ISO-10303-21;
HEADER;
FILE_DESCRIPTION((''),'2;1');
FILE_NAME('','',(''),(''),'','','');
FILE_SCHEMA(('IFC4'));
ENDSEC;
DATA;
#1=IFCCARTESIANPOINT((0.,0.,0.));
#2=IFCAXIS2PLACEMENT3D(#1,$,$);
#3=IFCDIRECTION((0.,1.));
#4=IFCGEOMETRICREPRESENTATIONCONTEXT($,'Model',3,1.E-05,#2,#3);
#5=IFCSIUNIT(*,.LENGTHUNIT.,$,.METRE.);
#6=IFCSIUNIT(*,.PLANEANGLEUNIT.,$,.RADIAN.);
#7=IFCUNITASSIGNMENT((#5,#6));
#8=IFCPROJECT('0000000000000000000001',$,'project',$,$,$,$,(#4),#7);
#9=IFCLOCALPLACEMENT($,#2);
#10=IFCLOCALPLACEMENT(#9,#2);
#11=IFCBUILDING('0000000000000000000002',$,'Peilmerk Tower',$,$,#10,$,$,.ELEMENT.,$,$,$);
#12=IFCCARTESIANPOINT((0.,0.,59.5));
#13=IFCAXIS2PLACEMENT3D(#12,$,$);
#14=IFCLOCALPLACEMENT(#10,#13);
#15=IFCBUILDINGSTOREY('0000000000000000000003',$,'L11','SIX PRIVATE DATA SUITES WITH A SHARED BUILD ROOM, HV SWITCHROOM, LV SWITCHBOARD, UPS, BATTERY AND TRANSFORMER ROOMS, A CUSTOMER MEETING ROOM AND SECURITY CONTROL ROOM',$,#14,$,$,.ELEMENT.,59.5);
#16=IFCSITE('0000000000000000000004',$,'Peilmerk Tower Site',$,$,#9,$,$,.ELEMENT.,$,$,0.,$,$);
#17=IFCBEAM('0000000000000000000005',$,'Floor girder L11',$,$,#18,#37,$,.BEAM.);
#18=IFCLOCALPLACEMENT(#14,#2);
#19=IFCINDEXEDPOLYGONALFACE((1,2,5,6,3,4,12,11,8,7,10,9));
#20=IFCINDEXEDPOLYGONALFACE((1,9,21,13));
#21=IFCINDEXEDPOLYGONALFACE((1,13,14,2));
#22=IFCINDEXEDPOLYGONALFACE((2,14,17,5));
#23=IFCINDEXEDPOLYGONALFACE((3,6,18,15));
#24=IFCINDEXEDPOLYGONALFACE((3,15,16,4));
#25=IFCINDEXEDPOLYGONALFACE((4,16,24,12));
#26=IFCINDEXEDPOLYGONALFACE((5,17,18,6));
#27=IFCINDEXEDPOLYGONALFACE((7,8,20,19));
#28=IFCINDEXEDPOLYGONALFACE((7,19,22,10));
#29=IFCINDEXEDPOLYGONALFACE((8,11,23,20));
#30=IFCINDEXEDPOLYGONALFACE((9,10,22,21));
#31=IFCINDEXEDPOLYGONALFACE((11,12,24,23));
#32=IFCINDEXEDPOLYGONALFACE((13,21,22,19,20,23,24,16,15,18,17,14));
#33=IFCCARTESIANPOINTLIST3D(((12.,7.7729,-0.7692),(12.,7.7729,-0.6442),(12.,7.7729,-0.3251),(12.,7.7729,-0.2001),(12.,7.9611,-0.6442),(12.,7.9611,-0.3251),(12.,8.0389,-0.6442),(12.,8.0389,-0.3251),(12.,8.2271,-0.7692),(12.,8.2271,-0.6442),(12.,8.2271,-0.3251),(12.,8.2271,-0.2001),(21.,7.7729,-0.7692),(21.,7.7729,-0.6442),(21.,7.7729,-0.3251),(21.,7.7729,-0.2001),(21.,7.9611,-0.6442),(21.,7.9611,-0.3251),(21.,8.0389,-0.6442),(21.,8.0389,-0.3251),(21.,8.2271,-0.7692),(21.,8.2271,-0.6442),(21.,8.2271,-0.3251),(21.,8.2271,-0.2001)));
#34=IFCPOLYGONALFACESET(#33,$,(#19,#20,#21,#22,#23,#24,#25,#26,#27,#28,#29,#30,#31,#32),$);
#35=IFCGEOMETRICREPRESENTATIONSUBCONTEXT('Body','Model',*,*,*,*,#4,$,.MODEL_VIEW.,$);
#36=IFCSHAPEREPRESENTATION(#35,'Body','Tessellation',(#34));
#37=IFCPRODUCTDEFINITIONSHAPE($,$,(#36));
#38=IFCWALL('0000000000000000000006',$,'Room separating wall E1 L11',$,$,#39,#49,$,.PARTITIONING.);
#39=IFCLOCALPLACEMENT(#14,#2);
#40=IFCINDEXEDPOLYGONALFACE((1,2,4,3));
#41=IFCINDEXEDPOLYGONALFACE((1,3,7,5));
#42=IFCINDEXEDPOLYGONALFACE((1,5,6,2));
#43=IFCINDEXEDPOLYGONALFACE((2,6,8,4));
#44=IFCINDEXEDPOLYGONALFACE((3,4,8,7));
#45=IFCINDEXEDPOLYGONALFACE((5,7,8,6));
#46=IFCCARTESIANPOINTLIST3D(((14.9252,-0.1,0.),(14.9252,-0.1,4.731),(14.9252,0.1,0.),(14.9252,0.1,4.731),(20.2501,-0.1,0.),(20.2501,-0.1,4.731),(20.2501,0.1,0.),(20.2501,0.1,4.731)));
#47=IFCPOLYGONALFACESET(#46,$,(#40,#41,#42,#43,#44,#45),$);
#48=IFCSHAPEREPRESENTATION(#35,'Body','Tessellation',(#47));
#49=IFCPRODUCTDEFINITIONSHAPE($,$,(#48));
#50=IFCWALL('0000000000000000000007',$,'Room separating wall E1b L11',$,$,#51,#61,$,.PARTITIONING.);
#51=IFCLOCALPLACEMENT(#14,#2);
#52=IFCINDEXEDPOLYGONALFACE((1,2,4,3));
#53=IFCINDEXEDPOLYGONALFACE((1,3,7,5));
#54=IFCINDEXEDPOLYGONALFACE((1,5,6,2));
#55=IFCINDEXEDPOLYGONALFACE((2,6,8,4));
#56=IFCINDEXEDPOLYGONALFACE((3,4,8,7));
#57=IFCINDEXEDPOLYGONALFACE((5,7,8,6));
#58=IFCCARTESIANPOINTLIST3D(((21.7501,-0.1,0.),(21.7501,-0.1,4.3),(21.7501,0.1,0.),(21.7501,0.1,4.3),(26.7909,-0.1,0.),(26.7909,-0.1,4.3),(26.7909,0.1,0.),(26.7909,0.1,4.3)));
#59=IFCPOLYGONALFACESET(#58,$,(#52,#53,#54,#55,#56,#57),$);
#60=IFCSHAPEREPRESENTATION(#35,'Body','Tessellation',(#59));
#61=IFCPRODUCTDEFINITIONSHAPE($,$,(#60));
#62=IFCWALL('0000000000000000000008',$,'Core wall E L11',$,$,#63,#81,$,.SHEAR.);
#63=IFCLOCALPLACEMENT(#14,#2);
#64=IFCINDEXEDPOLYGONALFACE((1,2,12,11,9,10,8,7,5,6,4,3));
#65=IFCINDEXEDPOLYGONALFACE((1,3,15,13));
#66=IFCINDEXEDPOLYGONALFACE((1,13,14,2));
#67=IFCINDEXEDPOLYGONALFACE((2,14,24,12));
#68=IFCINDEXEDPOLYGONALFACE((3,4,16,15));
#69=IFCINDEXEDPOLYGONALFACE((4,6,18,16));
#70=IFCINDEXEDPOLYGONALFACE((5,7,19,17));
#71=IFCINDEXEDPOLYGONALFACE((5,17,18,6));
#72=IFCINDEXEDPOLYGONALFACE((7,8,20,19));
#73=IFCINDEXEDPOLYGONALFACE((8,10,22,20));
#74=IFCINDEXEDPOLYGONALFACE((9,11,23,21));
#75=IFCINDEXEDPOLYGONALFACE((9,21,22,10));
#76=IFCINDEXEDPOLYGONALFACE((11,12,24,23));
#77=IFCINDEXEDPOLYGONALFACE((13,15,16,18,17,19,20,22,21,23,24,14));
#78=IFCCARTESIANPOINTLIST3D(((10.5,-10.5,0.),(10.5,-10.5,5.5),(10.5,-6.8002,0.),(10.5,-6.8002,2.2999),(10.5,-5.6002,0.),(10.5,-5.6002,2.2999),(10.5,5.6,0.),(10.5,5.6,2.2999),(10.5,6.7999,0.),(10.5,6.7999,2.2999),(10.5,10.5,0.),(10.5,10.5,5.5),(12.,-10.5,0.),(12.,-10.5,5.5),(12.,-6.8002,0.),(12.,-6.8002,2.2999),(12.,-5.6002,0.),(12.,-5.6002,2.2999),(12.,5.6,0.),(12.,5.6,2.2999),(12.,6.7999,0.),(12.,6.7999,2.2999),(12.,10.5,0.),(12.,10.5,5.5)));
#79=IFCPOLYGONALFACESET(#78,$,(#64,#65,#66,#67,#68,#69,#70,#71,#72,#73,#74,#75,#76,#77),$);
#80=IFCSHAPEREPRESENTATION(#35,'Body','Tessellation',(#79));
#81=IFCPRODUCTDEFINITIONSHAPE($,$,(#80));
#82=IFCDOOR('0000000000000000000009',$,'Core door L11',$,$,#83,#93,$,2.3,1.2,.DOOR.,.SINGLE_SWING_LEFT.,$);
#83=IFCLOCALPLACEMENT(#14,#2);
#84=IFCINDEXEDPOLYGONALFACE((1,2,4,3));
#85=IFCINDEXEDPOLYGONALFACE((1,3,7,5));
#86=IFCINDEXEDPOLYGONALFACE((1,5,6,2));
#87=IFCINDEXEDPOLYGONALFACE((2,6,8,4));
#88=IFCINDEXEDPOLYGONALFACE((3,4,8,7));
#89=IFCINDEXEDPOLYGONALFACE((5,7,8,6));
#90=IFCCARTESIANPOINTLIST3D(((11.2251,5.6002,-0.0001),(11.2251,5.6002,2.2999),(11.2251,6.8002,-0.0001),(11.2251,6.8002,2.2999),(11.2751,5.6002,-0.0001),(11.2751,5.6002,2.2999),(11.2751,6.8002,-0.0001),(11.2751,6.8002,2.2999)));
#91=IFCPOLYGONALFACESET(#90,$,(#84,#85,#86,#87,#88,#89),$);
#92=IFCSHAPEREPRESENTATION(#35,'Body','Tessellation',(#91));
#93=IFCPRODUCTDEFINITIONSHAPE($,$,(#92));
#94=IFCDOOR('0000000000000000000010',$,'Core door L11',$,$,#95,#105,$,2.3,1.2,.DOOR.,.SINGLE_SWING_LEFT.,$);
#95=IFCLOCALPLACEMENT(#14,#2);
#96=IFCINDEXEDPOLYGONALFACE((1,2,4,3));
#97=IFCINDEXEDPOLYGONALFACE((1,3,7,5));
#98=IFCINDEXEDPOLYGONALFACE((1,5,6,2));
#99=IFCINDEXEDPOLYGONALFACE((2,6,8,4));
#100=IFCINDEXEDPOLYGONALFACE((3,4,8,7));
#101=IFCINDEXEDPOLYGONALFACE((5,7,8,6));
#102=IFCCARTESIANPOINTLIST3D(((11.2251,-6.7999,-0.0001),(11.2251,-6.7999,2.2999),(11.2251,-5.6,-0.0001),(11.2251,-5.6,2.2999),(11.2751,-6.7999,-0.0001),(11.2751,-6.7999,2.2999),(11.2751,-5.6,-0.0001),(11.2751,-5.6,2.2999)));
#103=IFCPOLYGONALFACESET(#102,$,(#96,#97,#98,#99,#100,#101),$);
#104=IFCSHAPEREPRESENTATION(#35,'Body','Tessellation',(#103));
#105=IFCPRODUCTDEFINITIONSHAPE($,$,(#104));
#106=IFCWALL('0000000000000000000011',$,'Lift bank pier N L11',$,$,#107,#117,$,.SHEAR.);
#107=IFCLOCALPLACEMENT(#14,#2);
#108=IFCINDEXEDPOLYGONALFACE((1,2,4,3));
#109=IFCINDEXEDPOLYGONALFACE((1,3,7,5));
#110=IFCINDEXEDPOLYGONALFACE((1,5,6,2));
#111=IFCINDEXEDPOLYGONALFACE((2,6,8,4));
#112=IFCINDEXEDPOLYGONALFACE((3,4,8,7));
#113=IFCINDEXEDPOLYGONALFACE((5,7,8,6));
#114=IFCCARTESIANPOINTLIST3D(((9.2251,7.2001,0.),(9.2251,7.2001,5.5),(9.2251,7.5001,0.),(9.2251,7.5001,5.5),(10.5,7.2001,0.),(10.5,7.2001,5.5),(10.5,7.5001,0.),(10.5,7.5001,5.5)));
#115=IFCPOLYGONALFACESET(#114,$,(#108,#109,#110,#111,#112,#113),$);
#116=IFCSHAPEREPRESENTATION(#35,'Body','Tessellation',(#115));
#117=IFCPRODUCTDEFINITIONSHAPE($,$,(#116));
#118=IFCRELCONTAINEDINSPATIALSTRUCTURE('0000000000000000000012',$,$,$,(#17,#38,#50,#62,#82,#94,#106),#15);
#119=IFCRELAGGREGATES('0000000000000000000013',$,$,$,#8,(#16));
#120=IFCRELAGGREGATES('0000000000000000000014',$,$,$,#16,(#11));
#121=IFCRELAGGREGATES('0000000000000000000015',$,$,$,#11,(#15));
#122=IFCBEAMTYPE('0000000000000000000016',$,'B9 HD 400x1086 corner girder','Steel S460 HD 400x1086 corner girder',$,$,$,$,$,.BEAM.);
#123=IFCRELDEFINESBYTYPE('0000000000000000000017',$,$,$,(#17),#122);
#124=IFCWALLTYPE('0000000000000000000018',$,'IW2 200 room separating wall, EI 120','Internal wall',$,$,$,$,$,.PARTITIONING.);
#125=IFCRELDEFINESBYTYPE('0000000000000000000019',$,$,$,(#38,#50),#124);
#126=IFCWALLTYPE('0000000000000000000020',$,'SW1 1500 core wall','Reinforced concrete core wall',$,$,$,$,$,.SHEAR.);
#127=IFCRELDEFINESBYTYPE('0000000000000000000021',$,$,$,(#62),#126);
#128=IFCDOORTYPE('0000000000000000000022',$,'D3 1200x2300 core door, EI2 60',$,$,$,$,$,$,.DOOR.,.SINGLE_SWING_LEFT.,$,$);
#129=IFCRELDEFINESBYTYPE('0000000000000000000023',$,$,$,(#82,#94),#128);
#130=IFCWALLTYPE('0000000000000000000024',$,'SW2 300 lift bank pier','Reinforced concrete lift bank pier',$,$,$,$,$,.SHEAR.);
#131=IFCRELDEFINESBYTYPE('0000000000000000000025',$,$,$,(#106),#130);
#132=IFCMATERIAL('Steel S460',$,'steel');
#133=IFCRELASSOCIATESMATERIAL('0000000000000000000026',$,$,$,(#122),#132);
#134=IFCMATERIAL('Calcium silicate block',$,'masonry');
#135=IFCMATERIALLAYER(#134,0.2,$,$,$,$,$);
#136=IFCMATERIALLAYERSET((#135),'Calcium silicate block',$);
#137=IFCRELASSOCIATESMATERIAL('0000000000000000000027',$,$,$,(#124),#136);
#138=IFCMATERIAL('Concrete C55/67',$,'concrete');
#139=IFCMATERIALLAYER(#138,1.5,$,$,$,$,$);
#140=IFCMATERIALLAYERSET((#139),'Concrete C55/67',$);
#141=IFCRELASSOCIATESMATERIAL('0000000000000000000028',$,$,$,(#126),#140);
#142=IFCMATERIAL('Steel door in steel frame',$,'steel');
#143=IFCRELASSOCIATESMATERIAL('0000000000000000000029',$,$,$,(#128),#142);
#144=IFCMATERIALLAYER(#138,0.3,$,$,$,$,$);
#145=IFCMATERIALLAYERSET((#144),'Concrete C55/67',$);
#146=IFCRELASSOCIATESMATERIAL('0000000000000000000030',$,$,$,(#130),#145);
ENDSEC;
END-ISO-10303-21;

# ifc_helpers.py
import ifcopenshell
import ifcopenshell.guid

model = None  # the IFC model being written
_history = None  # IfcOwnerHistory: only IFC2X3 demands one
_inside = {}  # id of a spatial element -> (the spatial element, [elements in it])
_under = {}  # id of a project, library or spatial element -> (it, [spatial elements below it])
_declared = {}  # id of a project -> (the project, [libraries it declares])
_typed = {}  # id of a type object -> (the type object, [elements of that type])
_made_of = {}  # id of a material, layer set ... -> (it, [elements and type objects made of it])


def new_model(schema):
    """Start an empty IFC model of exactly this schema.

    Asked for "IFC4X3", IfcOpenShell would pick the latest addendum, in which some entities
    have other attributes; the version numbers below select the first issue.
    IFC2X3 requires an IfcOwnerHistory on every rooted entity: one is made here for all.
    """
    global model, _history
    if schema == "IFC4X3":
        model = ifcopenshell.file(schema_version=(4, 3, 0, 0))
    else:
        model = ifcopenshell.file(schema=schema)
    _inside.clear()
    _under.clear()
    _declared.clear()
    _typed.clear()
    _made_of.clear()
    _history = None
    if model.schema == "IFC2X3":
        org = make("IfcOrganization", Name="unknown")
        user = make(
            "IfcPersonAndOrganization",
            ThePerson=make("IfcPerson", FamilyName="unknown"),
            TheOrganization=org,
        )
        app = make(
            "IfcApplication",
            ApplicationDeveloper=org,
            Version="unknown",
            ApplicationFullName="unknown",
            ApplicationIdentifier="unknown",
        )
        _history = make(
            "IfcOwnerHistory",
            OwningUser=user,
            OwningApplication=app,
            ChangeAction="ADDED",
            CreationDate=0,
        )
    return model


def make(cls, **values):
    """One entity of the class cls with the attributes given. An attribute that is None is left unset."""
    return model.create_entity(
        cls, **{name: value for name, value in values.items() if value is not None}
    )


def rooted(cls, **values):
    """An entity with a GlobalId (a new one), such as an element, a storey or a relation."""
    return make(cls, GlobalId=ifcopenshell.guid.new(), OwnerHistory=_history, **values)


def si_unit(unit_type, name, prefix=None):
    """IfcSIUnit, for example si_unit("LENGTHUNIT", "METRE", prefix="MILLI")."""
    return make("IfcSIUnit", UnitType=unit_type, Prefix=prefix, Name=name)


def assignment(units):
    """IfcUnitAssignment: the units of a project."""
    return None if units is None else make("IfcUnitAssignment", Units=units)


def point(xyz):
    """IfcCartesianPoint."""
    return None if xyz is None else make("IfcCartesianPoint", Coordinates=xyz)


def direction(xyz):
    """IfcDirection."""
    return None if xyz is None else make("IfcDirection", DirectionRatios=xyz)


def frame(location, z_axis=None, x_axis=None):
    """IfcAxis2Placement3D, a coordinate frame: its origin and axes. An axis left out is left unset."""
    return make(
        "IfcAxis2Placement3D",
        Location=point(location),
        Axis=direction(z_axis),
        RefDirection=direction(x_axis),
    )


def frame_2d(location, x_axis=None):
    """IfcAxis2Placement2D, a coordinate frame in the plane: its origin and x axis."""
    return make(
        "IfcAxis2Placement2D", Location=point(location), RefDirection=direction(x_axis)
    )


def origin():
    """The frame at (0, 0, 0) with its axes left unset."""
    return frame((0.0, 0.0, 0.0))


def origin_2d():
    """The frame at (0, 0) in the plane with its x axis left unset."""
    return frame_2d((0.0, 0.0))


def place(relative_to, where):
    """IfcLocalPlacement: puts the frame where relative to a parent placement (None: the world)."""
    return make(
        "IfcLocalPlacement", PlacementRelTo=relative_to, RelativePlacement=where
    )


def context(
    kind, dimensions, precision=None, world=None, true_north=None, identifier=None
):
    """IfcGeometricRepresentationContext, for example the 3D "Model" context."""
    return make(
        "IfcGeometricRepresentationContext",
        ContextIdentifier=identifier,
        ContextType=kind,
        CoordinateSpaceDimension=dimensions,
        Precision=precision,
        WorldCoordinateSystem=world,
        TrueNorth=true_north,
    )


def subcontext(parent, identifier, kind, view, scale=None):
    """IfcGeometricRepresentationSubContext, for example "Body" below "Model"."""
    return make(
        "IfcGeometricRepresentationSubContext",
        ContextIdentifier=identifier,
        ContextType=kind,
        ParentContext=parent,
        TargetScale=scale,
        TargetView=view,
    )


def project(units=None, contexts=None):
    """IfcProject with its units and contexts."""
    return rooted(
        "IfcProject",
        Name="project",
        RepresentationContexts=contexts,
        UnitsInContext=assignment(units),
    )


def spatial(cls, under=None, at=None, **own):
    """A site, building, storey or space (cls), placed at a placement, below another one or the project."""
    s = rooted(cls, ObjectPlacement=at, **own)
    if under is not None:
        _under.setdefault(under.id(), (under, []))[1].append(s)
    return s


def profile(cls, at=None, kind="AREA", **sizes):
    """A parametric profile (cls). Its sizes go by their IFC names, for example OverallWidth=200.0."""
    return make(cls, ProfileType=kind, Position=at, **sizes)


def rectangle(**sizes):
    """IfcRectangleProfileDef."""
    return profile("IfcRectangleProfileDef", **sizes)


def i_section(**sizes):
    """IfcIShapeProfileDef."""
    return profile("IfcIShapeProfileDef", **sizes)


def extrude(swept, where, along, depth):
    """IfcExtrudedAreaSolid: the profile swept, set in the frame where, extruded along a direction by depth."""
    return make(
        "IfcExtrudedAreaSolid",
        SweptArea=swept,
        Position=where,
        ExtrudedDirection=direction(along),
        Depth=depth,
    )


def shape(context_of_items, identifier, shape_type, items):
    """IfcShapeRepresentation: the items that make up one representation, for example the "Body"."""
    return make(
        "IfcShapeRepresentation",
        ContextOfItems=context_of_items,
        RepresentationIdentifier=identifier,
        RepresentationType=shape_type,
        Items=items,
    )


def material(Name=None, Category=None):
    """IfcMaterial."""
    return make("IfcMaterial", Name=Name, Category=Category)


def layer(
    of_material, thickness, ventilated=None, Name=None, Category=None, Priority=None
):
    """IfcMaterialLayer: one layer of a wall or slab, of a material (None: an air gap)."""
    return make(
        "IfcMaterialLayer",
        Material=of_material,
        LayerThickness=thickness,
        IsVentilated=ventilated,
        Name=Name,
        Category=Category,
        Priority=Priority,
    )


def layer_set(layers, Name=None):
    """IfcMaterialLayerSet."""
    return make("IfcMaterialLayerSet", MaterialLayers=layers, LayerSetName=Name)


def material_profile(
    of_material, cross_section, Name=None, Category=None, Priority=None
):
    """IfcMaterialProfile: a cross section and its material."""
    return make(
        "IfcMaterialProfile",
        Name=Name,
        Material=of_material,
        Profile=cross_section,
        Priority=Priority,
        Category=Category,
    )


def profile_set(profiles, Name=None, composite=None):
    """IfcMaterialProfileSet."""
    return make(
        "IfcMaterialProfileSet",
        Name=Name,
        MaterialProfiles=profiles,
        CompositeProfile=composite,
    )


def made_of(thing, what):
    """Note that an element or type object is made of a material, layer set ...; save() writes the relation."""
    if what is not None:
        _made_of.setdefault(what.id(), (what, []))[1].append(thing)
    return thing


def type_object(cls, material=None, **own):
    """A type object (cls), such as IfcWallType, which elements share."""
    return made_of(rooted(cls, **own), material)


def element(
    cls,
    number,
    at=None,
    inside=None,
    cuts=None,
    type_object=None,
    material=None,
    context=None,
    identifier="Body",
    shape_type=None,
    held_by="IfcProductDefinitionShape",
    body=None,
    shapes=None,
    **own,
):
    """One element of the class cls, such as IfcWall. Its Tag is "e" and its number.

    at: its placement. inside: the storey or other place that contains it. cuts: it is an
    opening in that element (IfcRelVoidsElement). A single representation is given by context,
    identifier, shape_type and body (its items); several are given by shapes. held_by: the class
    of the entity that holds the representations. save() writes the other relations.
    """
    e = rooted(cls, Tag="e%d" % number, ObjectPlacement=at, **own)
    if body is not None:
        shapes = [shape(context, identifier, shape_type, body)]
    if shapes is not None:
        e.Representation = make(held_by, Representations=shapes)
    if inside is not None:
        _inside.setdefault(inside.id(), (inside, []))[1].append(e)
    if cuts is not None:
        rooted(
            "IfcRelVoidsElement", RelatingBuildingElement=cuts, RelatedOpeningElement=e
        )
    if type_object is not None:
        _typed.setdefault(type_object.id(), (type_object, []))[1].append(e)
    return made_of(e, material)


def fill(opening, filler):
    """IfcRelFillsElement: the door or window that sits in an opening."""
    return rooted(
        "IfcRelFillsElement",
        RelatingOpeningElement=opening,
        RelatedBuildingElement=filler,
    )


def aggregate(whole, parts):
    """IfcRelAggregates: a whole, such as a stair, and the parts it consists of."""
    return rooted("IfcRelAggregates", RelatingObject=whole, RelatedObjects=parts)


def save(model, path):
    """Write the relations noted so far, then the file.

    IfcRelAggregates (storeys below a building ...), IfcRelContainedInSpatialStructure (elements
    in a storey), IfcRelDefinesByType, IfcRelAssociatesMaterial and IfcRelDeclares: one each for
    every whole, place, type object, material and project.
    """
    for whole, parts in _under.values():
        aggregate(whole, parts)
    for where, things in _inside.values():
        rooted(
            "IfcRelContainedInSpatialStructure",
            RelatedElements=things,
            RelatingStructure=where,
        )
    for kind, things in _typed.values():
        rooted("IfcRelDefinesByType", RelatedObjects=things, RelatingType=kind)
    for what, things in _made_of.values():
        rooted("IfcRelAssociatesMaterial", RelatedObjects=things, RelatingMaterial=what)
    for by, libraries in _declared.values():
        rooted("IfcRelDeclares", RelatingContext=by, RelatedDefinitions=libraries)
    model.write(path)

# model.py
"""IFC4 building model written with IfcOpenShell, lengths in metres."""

from ifc_helpers import new_model, si_unit, direction, frame, frame_2d, origin, origin_2d, place, context, subcontext, project, spatial, rectangle, i_section, extrude, material, layer, layer_set, material_profile, profile_set, type_object, element, fill, save


model = new_model("IFC4")

# Units and contexts
model_context = context("Model", 3, precision=1e-05, world=origin(), true_north=direction((0.0, 1.0)))
body_context = subcontext(model_context, "Body", "Model", "MODEL_VIEW")
ifc_project = project(units=[si_unit("LENGTHUNIT", "METRE"), si_unit("PLANEANGLEUNIT", "RADIAN")], contexts=[model_context])

# Site, building, storey
site_placement = place(None, origin())
site = spatial("IfcSite", under=ifc_project, at=site_placement, Name="Peilmerk Tower Site", CompositionType="ELEMENT", RefElevation=0.0)
building_placement = place(site_placement, origin())
building = spatial("IfcBuilding", under=site, at=building_placement, Name="Peilmerk Tower", CompositionType="ELEMENT")
storey_placement = place(building_placement, frame((0.0, 0.0, 59.5)))
storey = spatial("IfcBuildingStorey", under=building, at=storey_placement, Name="L11", Description="SIX PRIVATE DATA SUITES WITH A SHARED BUILD ROOM, HV SWITCHROOM, LV SWITCHBOARD, UPS, BATTERY AND TRANSFORMER ROOMS, A CUSTOMER MEETING ROOM AND SECURITY CONTROL ROOM", CompositionType="ELEMENT", Elevation=59.5)

# Beam
ifc_material_1 = material(Name="Steel S460", Category="steel")
ifc_material_profile_1 = material_profile(ifc_material_1, i_section(OverallWidth=0.4541, OverallDepth=0.5691, WebThickness=0.0779, FlangeThickness=0.125, at=origin_2d()), Name="HD 400x1086")
ifc_profile_set_1 = profile_set([ifc_material_profile_1], Name="Steel S460")
beam_type_1 = type_object("IfcBeamType", Name="B9 HD 400x1086 corner girder", Description="Steel S460 HD 400x1086 corner girder", PredefinedType="BEAM", material=ifc_profile_set_1)
for number, where, z_axis, x_axis, name in (
    (1, (12.0, 8.0, -0.4846), (1.0, 0.0, 0.0), (0.0, 1.0, 0.0), "Floor girder L11"),
):
    element("IfcBeam", number, at=place(storey_placement, frame(where, z_axis=z_axis, x_axis=x_axis)), inside=storey, type_object=beam_type_1, Name=name, PredefinedType="BEAM", context=body_context, shape_type="SweptSolid", body=[
        extrude(i_section(OverallWidth=0.4541, OverallDepth=0.5691, WebThickness=0.0779, FlangeThickness=0.125, at=origin_2d()), origin(), (0.0, 0.0, 1.0), 9.0),
    ])

# Walls
ifc_material_2 = material(Name="Calcium silicate block", Category="masonry")
ifc_layer_1 = layer(ifc_material_2, 0.2)
ifc_layer_set_1 = layer_set([ifc_layer_1], Name="Calcium silicate block")
wall_type_1 = type_object("IfcWallType", Name="IW2 200 room separating wall, EI 120", Description="Internal wall", PredefinedType="PARTITIONING", material=ifc_layer_set_1)
wall_1_placement = place(storey_placement, frame((14.925, 0.0, 0.0), z_axis=(0.0, 0.0, 1.0), x_axis=(1.0, 0.0, 0.0)))
element("IfcWall", 2, at=wall_1_placement, inside=storey, type_object=wall_type_1, Name="Room separating wall E1 L11", PredefinedType="PARTITIONING", context=body_context, shape_type="SweptSolid", body=[
    extrude(rectangle(XDim=5.325, YDim=0.2, at=frame_2d((2.6626, 0.0))), origin(), (0.0, 0.0, 1.0), 4.731),
])
wall_2_placement = place(storey_placement, frame((21.75, 0.0, 0.0), z_axis=(0.0, 0.0, 1.0), x_axis=(1.0, 0.0, 0.0)))
element("IfcWall", 3, at=wall_2_placement, inside=storey, type_object=wall_type_1, Name="Room separating wall E1b L11", PredefinedType="PARTITIONING", context=body_context, shape_type="SweptSolid", body=[
    extrude(rectangle(XDim=5.0408, YDim=0.2, at=frame_2d((2.5205, 0.0))), origin(), (0.0, 0.0, 1.0), 4.3),
])

# Wall, openings, doors
ifc_material_3 = material(Name="Concrete C55/67", Category="concrete")
ifc_layer_2 = layer(ifc_material_3, 1.5)
ifc_layer_set_2 = layer_set([ifc_layer_2], Name="Concrete C55/67")
wall_type_2 = type_object("IfcWallType", Name="SW1 1500 core wall", Description="Reinforced concrete core wall", PredefinedType="SHEAR", material=ifc_layer_set_2)
wall_3_placement = place(storey_placement, frame((11.25, 10.5, 0.0), z_axis=(0.0, 0.0, 1.0), x_axis=(0.0, -1.0, 0.0)))
wall_3 = element("IfcWall", 4, at=wall_3_placement, inside=storey, type_object=wall_type_2, Name="Core wall E L11", PredefinedType="SHEAR", context=body_context, shape_type="SweptSolid", body=[
    extrude(rectangle(XDim=21.0, YDim=1.5, at=frame_2d((10.5, 0.0))), origin(), (0.0, 0.0, 1.0), 5.5),
])
opening_1_placement = place(wall_3_placement, frame((3.7, 0.0, 0.0)))
opening_1 = element("IfcOpeningElement", 5, at=opening_1_placement, cuts=wall_3, PredefinedType="OPENING", context=body_context, shape_type="SweptSolid", body=[
    extrude(rectangle(XDim=1.2, YDim=2.3, at=frame_2d((0.6001, 1.1499))), frame((0.0, 0.76, 0.0), z_axis=(0.0, -1.0, 0.0), x_axis=(1.0, 0.0, 0.0)), (0.0, 0.0, 1.0), 1.52),
])
opening_2_placement = place(wall_3_placement, frame((16.1001, 0.0, 0.0)))
opening_2 = element("IfcOpeningElement", 6, at=opening_2_placement, cuts=wall_3, PredefinedType="OPENING", context=body_context, shape_type="SweptSolid", body=[
    extrude(rectangle(XDim=1.2, YDim=2.3, at=frame_2d((0.6001, 1.1499))), frame((0.0, 0.76, 0.0), z_axis=(0.0, -1.0, 0.0), x_axis=(1.0, 0.0, 0.0)), (0.0, 0.0, 1.0), 1.52),
])
ifc_material_4 = material(Name="Steel door in steel frame", Category="steel")
door_type = type_object("IfcDoorType", Name="D3 1200x2300 core door, EI2 60", OperationType="SINGLE_SWING_LEFT", PredefinedType="DOOR", material=ifc_material_4)
door_1_placement = place(opening_1_placement, frame((1.2, 0.0, 0.0), z_axis=(0.0, 0.0, 1.0), x_axis=(-1.0, 0.0, 0.0)))
door_1 = element("IfcDoor", 7, at=door_1_placement, inside=storey, type_object=door_type, Name="Core door L11", OperationType="SINGLE_SWING_LEFT", OverallHeight=2.3, OverallWidth=1.2, PredefinedType="DOOR", context=body_context, shape_type="SweptSolid", body=[
    extrude(rectangle(XDim=1.2, YDim=2.3, at=frame_2d((0.6001, 1.1499))), frame((0.0, 0.0249, 0.0), z_axis=(0.0, -1.0, 0.0), x_axis=(1.0, 0.0, 0.0)), (0.0, 0.0, 1.0), 0.05),
])
fill(opening_1, door_1)
door_2_placement = place(opening_2_placement, frame((1.2, 0.0, 0.0), z_axis=(0.0, 0.0, 1.0), x_axis=(-1.0, 0.0, 0.0)))
door_2 = element("IfcDoor", 8, at=door_2_placement, inside=storey, type_object=door_type, Name="Core door L11", OperationType="SINGLE_SWING_LEFT", OverallHeight=2.3, OverallWidth=1.2, PredefinedType="DOOR", context=body_context, shape_type="SweptSolid", body=[
    extrude(rectangle(XDim=1.2, YDim=2.3, at=frame_2d((0.6001, 1.1499))), frame((0.0, 0.0249, 0.0), z_axis=(0.0, -1.0, 0.0), x_axis=(1.0, 0.0, 0.0)), (0.0, 0.0, 1.0), 0.05),
])
fill(opening_2, door_2)

# Wall
ifc_layer_3 = layer(ifc_material_3, 0.3)
ifc_layer_set_3 = layer_set([ifc_layer_3], Name="Concrete C55/67")
wall_type_3 = type_object("IfcWallType", Name="SW2 300 lift bank pier", Description="Reinforced concrete lift bank pier", PredefinedType="SHEAR", material=ifc_layer_set_3)
wall_4_placement = place(storey_placement, frame((9.2251, 7.3501, 0.0), z_axis=(0.0, 0.0, 1.0), x_axis=(1.0, 0.0, 0.0)))
element("IfcWall", 9, at=wall_4_placement, inside=storey, type_object=wall_type_3, Name="Lift bank pier N L11", PredefinedType="SHEAR", context=body_context, shape_type="SweptSolid", body=[
    extrude(rectangle(XDim=1.2749, YDim=0.3, at=frame_2d((0.6375, 0.0))), origin(), (0.0, 0.0, 1.0), 5.5),
])

save(model, "model.ifc")
